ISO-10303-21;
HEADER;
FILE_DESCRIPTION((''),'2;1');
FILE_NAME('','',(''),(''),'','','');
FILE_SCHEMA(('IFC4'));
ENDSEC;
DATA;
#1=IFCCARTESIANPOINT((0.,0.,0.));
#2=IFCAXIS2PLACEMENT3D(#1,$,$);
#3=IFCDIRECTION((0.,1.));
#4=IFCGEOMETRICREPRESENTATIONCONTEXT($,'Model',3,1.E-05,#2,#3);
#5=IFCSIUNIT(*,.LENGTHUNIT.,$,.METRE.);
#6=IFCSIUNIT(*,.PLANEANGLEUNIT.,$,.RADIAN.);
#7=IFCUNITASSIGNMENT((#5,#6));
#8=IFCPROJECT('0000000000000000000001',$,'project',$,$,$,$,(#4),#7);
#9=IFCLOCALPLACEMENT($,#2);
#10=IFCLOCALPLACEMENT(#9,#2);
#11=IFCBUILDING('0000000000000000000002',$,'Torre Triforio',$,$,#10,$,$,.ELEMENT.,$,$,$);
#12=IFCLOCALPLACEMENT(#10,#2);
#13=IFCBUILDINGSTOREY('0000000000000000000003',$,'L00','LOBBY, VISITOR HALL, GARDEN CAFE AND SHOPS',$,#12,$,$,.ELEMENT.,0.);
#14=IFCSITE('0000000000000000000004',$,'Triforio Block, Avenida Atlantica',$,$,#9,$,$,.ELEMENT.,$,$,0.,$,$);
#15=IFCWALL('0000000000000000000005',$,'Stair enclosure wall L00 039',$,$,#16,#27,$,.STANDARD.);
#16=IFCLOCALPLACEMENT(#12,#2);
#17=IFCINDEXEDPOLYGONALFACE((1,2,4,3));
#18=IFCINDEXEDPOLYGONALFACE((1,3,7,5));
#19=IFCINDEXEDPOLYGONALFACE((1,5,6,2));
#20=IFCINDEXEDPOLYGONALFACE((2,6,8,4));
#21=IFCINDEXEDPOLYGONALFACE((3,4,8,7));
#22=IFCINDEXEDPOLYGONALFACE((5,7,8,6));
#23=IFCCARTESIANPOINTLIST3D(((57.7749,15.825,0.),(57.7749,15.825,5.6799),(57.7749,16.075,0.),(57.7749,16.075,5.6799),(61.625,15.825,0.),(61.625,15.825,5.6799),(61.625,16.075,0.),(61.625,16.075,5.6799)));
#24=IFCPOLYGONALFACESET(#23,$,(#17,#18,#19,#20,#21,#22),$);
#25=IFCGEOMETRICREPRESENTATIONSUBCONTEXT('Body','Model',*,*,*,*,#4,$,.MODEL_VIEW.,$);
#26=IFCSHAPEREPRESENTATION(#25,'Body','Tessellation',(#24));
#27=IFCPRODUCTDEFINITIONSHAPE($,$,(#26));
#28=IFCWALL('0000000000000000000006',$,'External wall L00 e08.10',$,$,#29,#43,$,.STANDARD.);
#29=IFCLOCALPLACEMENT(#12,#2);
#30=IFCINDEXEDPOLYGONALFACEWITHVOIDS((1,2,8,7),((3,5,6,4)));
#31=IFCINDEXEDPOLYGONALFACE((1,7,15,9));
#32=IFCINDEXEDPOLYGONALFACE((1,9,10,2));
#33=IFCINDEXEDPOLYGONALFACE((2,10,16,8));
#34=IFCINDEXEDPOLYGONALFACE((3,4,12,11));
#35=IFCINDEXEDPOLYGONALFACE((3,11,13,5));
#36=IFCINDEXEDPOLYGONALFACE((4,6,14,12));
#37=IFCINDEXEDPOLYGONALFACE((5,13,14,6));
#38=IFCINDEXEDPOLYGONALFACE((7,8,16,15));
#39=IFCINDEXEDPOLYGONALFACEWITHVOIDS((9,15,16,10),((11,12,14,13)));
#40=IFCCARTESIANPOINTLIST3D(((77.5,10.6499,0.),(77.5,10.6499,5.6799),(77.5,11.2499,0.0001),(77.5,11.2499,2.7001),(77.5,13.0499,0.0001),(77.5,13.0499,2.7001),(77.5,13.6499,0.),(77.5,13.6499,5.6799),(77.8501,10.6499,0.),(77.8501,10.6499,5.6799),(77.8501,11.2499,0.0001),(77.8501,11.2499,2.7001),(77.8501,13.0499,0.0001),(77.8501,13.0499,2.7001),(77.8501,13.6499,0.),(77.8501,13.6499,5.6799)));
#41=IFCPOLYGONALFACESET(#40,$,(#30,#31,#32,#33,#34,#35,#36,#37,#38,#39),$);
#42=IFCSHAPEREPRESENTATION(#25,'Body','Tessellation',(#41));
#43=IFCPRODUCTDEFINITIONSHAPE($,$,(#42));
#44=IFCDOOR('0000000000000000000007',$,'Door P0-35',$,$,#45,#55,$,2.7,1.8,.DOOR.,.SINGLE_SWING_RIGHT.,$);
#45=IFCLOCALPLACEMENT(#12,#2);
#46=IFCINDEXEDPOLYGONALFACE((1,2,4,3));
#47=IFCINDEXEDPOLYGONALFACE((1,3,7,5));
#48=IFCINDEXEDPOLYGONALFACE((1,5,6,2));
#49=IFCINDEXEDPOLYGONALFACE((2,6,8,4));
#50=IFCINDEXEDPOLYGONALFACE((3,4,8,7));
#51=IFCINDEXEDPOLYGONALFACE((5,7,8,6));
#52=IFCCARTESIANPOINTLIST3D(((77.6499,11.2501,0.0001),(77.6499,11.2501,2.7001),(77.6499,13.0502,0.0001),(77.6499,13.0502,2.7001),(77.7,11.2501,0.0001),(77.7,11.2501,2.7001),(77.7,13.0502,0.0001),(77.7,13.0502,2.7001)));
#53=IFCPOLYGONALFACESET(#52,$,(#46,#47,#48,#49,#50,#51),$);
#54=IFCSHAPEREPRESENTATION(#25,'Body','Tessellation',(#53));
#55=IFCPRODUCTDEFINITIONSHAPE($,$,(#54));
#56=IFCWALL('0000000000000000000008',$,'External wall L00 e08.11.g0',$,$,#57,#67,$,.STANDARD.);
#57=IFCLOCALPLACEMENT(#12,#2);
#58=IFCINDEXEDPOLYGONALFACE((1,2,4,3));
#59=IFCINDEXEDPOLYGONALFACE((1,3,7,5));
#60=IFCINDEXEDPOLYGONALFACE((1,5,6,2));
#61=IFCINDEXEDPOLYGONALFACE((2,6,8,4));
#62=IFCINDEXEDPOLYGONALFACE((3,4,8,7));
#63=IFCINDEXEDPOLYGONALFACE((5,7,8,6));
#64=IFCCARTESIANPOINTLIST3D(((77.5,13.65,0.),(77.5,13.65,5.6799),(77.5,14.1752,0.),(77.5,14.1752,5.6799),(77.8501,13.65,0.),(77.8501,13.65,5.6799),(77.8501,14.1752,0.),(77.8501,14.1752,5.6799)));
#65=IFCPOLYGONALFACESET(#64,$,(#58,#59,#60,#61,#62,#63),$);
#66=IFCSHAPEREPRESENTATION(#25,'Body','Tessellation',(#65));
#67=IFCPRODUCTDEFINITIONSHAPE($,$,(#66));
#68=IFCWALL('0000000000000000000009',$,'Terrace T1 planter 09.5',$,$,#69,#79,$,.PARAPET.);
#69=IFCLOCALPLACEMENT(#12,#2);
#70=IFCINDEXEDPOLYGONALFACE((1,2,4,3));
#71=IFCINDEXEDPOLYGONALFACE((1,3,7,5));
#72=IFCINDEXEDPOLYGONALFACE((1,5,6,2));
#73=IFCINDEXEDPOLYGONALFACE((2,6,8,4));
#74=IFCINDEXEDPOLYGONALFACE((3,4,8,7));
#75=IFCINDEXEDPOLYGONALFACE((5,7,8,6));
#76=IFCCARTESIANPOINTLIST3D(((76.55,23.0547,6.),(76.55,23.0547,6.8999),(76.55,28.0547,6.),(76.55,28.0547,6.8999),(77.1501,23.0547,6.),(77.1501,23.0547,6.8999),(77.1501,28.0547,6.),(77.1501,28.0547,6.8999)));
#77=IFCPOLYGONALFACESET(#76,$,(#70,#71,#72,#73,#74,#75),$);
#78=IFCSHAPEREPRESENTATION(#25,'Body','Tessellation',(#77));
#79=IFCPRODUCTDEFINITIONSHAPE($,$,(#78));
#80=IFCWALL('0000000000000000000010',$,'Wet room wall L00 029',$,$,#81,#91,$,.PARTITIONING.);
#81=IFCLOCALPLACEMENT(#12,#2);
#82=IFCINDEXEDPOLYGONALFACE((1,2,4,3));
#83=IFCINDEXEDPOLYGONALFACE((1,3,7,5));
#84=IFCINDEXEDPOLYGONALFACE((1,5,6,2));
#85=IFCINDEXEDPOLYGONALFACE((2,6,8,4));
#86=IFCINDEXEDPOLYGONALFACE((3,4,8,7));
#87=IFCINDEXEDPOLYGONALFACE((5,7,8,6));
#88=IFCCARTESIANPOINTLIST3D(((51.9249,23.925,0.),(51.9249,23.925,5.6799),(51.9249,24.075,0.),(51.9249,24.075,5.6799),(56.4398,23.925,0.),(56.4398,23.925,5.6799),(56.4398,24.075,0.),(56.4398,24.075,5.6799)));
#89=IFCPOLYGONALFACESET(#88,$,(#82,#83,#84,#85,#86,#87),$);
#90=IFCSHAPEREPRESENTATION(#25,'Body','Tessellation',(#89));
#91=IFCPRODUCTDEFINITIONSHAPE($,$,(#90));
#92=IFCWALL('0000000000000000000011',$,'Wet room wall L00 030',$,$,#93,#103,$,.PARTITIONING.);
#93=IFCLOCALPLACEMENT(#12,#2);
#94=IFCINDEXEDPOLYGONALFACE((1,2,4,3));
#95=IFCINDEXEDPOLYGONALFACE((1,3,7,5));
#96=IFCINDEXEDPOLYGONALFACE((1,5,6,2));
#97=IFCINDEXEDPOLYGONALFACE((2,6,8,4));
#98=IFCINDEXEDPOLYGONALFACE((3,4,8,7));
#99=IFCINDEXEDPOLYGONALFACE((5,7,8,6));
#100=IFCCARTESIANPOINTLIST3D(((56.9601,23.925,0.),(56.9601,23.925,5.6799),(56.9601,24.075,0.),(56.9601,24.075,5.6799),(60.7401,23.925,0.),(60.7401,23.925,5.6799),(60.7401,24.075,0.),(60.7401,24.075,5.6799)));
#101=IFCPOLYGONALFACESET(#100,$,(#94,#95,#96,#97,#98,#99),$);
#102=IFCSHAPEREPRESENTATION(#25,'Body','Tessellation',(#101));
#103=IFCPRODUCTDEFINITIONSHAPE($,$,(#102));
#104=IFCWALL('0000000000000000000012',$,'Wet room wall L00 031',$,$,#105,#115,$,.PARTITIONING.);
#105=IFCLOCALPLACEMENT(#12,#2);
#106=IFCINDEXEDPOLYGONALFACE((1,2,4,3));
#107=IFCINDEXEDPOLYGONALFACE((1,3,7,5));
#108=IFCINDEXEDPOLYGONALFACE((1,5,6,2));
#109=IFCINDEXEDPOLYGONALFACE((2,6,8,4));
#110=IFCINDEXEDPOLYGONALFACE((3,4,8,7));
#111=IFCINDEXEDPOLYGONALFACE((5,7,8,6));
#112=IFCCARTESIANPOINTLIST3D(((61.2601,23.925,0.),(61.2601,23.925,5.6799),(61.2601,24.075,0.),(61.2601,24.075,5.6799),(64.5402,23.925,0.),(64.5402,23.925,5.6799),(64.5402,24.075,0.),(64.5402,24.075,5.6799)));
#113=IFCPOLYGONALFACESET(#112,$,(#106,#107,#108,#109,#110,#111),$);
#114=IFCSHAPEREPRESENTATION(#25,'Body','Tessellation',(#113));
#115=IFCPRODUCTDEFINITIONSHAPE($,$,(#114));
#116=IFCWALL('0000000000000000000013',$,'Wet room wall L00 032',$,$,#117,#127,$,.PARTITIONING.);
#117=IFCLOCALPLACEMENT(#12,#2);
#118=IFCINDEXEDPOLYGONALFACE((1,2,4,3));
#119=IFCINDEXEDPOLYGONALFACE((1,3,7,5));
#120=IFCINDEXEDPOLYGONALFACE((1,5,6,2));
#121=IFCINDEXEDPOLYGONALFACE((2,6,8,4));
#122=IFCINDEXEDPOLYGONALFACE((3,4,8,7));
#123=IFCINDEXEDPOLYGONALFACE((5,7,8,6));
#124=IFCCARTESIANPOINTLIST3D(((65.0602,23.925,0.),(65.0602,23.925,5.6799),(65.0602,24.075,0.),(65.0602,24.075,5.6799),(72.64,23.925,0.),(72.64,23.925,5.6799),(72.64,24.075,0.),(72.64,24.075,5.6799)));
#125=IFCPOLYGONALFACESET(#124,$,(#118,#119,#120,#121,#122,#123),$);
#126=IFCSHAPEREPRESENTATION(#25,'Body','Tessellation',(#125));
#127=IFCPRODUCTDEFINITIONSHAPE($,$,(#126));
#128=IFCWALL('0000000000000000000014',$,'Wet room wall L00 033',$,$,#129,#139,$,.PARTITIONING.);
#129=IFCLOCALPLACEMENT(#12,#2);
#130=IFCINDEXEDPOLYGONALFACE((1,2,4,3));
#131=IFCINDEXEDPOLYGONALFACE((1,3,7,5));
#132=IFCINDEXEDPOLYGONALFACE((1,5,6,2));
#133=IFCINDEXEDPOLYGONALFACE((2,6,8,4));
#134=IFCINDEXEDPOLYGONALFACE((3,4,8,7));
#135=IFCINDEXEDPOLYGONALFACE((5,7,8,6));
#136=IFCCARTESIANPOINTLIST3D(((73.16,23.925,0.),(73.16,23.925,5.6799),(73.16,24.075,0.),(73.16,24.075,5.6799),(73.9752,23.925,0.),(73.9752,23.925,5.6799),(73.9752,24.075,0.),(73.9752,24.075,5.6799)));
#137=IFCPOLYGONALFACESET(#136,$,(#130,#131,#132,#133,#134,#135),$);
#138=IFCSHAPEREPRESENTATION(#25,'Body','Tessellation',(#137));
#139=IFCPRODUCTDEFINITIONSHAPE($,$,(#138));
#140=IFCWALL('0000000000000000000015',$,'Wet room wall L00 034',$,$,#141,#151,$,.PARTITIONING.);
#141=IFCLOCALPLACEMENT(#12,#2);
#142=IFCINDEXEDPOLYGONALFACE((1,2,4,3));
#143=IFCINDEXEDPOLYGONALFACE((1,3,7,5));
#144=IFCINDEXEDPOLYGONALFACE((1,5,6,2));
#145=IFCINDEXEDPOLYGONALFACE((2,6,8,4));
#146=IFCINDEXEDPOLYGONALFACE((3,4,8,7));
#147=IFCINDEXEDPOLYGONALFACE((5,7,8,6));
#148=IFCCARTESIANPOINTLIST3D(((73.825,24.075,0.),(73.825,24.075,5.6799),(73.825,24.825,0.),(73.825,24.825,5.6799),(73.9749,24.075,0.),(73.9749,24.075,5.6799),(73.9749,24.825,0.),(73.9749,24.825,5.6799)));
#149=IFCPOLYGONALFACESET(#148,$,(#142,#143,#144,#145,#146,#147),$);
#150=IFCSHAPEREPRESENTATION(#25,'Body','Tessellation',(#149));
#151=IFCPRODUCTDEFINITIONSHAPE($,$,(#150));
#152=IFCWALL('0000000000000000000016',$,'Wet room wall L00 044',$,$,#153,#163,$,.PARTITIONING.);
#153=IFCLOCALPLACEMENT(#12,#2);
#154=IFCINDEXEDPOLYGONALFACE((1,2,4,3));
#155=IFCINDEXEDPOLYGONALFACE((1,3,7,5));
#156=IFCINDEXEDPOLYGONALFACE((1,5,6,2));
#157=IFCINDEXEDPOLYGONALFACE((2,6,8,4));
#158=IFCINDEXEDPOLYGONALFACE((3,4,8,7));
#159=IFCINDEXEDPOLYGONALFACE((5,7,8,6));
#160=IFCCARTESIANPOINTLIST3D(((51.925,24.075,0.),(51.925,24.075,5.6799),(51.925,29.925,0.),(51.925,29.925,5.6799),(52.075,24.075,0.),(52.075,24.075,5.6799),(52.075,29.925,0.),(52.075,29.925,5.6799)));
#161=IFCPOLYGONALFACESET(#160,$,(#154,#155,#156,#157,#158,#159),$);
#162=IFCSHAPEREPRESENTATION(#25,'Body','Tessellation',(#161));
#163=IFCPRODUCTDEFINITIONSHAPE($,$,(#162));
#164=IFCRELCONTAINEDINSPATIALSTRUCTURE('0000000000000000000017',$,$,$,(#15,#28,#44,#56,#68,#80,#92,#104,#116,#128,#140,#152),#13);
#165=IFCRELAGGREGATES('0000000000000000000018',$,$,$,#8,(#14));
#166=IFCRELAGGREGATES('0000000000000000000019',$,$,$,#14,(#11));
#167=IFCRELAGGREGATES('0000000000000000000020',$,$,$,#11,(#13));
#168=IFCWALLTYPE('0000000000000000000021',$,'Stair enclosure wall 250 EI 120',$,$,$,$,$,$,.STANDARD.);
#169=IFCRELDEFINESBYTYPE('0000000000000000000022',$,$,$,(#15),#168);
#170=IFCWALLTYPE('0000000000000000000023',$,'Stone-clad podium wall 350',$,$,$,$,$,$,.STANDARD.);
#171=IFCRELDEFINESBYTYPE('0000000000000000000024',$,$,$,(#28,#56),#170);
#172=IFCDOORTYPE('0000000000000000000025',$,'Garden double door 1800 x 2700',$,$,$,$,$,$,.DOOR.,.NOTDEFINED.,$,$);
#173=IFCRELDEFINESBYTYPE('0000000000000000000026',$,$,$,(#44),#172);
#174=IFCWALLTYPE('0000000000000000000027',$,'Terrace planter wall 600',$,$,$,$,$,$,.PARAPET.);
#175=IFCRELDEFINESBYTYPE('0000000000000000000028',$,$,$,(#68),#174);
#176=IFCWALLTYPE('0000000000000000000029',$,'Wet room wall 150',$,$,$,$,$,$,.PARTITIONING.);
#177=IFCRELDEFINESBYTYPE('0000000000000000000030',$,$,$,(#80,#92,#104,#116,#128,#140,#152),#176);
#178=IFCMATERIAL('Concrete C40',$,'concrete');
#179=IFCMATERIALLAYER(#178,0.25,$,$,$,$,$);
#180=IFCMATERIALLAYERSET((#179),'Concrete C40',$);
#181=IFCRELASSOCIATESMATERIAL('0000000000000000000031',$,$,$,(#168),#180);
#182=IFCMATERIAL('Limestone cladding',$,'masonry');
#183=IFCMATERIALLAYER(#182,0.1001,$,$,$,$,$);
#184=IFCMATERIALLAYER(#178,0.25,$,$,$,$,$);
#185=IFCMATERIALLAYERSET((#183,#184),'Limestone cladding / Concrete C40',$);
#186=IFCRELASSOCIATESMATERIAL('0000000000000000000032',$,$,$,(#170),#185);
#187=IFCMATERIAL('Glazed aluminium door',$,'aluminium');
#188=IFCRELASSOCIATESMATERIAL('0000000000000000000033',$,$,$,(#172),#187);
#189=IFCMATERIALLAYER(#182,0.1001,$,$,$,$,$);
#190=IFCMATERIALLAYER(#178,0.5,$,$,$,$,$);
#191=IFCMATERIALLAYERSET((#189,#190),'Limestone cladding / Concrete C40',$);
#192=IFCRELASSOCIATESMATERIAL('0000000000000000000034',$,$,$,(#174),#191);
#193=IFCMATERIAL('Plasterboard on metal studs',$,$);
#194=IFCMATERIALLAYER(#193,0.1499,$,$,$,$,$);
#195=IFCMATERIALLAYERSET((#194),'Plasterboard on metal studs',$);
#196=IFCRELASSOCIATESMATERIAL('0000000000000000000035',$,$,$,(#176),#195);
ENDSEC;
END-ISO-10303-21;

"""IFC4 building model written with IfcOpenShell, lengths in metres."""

from ifc_helpers import new_model, si_unit, direction, frame, frame_2d, origin, place, context, subcontext, project, spatial, rectangle, extrude, material, layer, layer_set, type_object, element, fill, save


model = new_model("IFC4")

# Units and contexts
model_context = context("Model", 3, precision=1e-05, world=origin(), true_north=direction((0.0, 1.0)))
body_context = subcontext(model_context, "Body", "Model", "MODEL_VIEW")
ifc_project = project(units=[si_unit("LENGTHUNIT", "METRE"), si_unit("PLANEANGLEUNIT", "RADIAN")], contexts=[model_context])

# Site, building, storey
site_placement = place(None, origin())
site = spatial("IfcSite", under=ifc_project, at=site_placement, Name="Triforio Block, Avenida Atlantica", CompositionType="ELEMENT", RefElevation=0.0)
building_placement = place(site_placement, origin())
building = spatial("IfcBuilding", under=site, at=building_placement, Name="Torre Triforio", CompositionType="ELEMENT")
storey_placement = place(building_placement, origin())
storey = spatial("IfcBuildingStorey", under=building, at=storey_placement, Name="L00", Description="LOBBY, VISITOR HALL, GARDEN CAFE AND SHOPS", CompositionType="ELEMENT", Elevation=0.0)

# Wall
ifc_material_1 = material(Name="Plasterboard on metal studs")
ifc_material_2 = material(Name="Concrete C40", Category="concrete")
ifc_layer_1 = layer(ifc_material_2, 0.25)
ifc_layer_set_1 = layer_set([ifc_layer_1], Name="Concrete C40")
wall_type_1 = type_object("IfcWallType", Name="Stair enclosure wall 250 EI 120", PredefinedType="STANDARD", material=ifc_layer_set_1)
wall_1_placement = place(storey_placement, frame((57.7749, 15.95, 0.0), z_axis=(0.0, 0.0, 1.0), x_axis=(1.0, 0.0, 0.0)))
element("IfcWall", 1, at=wall_1_placement, inside=storey, type_object=wall_type_1, Name="Stair enclosure wall L00 039", PredefinedType="STANDARD", context=body_context, shape_type="SweptSolid", body=[
    extrude(rectangle(XDim=3.8501, YDim=0.25, at=frame_2d((1.925, 0.0))), origin(), (0.0, 0.0, 1.0), 5.6799),
])

# Wall, opening, door
ifc_material_3 = material(Name="Limestone cladding", Category="masonry")
ifc_layer_2 = layer(ifc_material_3, 0.1001)
ifc_layer_3 = layer(ifc_material_2, 0.25)
ifc_layer_set_2 = layer_set([ifc_layer_2, ifc_layer_3], Name="Limestone cladding / Concrete C40")
wall_type_2 = type_object("IfcWallType", Name="Stone-clad podium wall 350", PredefinedType="STANDARD", material=ifc_layer_set_2)
wall_2_placement = place(storey_placement, frame((77.675, 10.6499, 0.0), z_axis=(0.0, 0.0, 1.0), x_axis=(0.0, 1.0, 0.0)))
wall_2 = element("IfcWall", 2, at=wall_2_placement, inside=storey, type_object=wall_type_2, Name="External wall L00 e08.10", PredefinedType="STANDARD", context=body_context, shape_type="SweptSolid", body=[
    extrude(rectangle(XDim=3.0, YDim=0.3501, at=frame_2d((1.5, 0.0))), origin(), (0.0, 0.0, 1.0), 5.6799),
])
opening_1_placement = place(wall_2_placement, frame((0.6001, 0.0, 0.0)))
opening_1 = element("IfcOpeningElement", 3, at=opening_1_placement, cuts=wall_2, PredefinedType="OPENING", context=body_context, shape_type="SweptSolid", body=[
    extrude(rectangle(XDim=1.8, YDim=2.7, at=frame_2d((0.8999, 1.3501))), frame((0.0, 0.1851, 0.0), z_axis=(0.0, -1.0, 0.0), x_axis=(1.0, 0.0, 0.0)), (0.0, 0.0, 1.0), 0.3701),
])
ifc_material_4 = material(Name="Glazed aluminium door", Category="aluminium")
door_type_1 = type_object("IfcDoorType", Name="Garden double door 1800 x 2700", OperationType="NOTDEFINED", PredefinedType="DOOR", material=ifc_material_4)
door_1_placement = place(opening_1_placement, frame((1.8, 0.0, 0.0), z_axis=(0.0, 0.0, 1.0), x_axis=(-1.0, 0.0, 0.0)))
door_1 = element("IfcDoor", 4, at=door_1_placement, inside=storey, type_object=door_type_1, Name="Door P0-35", OperationType="SINGLE_SWING_RIGHT", OverallHeight=2.7, OverallWidth=1.8, PredefinedType="DOOR", context=body_context, shape_type="SweptSolid", body=[
    extrude(rectangle(XDim=1.8, YDim=2.7, at=frame_2d((0.8999, 1.3501))), frame((0.0, 0.0249, 0.0), z_axis=(0.0, -1.0, 0.0), x_axis=(1.0, 0.0, 0.0)), (0.0, 0.0, 1.0), 0.05),
])
fill(opening_1, door_1)

# Walls
wall_3_placement = place(storey_placement, frame((77.675, 13.6499, 0.0), z_axis=(0.0, 0.0, 1.0), x_axis=(0.0, 1.0, 0.0)))
element("IfcWall", 5, at=wall_3_placement, inside=storey, type_object=wall_type_2, Name="External wall L00 e08.11.g0", PredefinedType="STANDARD", context=body_context, shape_type="SweptSolid", body=[
    extrude(rectangle(XDim=0.5251, YDim=0.3501, at=frame_2d((0.2627, 0.0))), origin(), (0.0, 0.0, 1.0), 5.6799),
])
ifc_layer_4 = layer(ifc_material_3, 0.1001)
ifc_layer_5 = layer(ifc_material_2, 0.5)
ifc_layer_set_3 = layer_set([ifc_layer_4, ifc_layer_5], Name="Limestone cladding / Concrete C40")
wall_type_3 = type_object("IfcWallType", Name="Terrace planter wall 600", PredefinedType="PARAPET", material=ifc_layer_set_3)
wall_4_placement = place(storey_placement, frame((76.8501, 23.0547, 6.0), z_axis=(0.0, 0.0, 1.0), x_axis=(0.0, 1.0, 0.0)))
element("IfcWall", 6, at=wall_4_placement, inside=storey, type_object=wall_type_3, Name="Terrace T1 planter 09.5", PredefinedType="PARAPET", context=body_context, shape_type="SweptSolid", body=[
    extrude(rectangle(XDim=5.0, YDim=0.6001, at=frame_2d((2.5, 0.0))), origin(), (0.0, 0.0, 1.0), 0.8999),
])
ifc_layer_6 = layer(ifc_material_1, 0.1499)
ifc_layer_set_4 = layer_set([ifc_layer_6], Name="Plasterboard on metal studs")
wall_type_4 = type_object("IfcWallType", Name="Wet room wall 150", PredefinedType="PARTITIONING", material=ifc_layer_set_4)
wall_5_placement = place(storey_placement, frame((51.925, 24.0, 0.0), z_axis=(0.0, 0.0, 1.0), x_axis=(1.0, 0.0, 0.0)))
element("IfcWall", 7, at=wall_5_placement, inside=storey, type_object=wall_type_4, Name="Wet room wall L00 029", PredefinedType="PARTITIONING", context=body_context, shape_type="SweptSolid", body=[
    extrude(rectangle(XDim=4.5149, YDim=0.1499, at=frame_2d((2.2573, 0.0))), origin(), (0.0, 0.0, 1.0), 5.6799),
])
wall_6_placement = place(storey_placement, frame((56.96, 24.0, 0.0), z_axis=(0.0, 0.0, 1.0), x_axis=(1.0, 0.0, 0.0)))
element("IfcWall", 8, at=wall_6_placement, inside=storey, type_object=wall_type_4, Name="Wet room wall L00 030", PredefinedType="PARTITIONING", context=body_context, shape_type="SweptSolid", body=[
    extrude(rectangle(XDim=3.78, YDim=0.1499, at=frame_2d((1.8901, 0.0))), origin(), (0.0, 0.0, 1.0), 5.6799),
])
wall_7_placement = place(storey_placement, frame((61.26, 24.0, 0.0), z_axis=(0.0, 0.0, 1.0), x_axis=(1.0, 0.0, 0.0)))
element("IfcWall", 9, at=wall_7_placement, inside=storey, type_object=wall_type_4, Name="Wet room wall L00 031", PredefinedType="PARTITIONING", context=body_context, shape_type="SweptSolid", body=[
    extrude(rectangle(XDim=3.28, YDim=0.1499, at=frame_2d((1.6401, 0.0))), origin(), (0.0, 0.0, 1.0), 5.6799),
])
wall_8_placement = place(storey_placement, frame((65.0601, 24.0, 0.0), z_axis=(0.0, 0.0, 1.0), x_axis=(1.0, 0.0, 0.0)))
element("IfcWall", 10, at=wall_8_placement, inside=storey, type_object=wall_type_4, Name="Wet room wall L00 032", PredefinedType="PARTITIONING", context=body_context, shape_type="SweptSolid", body=[
    extrude(rectangle(XDim=7.5798, YDim=0.1499, at=frame_2d((3.79, 0.0))), origin(), (0.0, 0.0, 1.0), 5.6799),
])
wall_9_placement = place(storey_placement, frame((73.1599, 24.0, 0.0), z_axis=(0.0, 0.0, 1.0), x_axis=(1.0, 0.0, 0.0)))
element("IfcWall", 11, at=wall_9_placement, inside=storey, type_object=wall_type_4, Name="Wet room wall L00 033", PredefinedType="PARTITIONING", context=body_context, shape_type="SweptSolid", body=[
    extrude(rectangle(XDim=0.8152, YDim=0.1499, at=frame_2d((0.4077, 0.0))), origin(), (0.0, 0.0, 1.0), 5.6799),
])
wall_10_placement = place(storey_placement, frame((73.8999, 24.075, 0.0), z_axis=(0.0, 0.0, 1.0), x_axis=(0.0, 1.0, 0.0)))
element("IfcWall", 12, at=wall_10_placement, inside=storey, type_object=wall_type_4, Name="Wet room wall L00 034", PredefinedType="PARTITIONING", context=body_context, shape_type="SweptSolid", body=[
    extrude(rectangle(XDim=0.75, YDim=0.1499, at=frame_2d((0.375, 0.0))), origin(), (0.0, 0.0, 1.0), 5.6799),
])
wall_11_placement = place(storey_placement, frame((52.0, 24.075, 0.0), z_axis=(0.0, 0.0, 1.0), x_axis=(0.0, 1.0, 0.0)))
element("IfcWall", 13, at=wall_11_placement, inside=storey, type_object=wall_type_4, Name="Wet room wall L00 044", PredefinedType="PARTITIONING", context=body_context, shape_type="SweptSolid", body=[
    extrude(rectangle(XDim=5.8501, YDim=0.1499, at=frame_2d((2.925, 0.0))), origin(), (0.0, 0.0, 1.0), 5.6799),
])

save(model, "model.ifc")
